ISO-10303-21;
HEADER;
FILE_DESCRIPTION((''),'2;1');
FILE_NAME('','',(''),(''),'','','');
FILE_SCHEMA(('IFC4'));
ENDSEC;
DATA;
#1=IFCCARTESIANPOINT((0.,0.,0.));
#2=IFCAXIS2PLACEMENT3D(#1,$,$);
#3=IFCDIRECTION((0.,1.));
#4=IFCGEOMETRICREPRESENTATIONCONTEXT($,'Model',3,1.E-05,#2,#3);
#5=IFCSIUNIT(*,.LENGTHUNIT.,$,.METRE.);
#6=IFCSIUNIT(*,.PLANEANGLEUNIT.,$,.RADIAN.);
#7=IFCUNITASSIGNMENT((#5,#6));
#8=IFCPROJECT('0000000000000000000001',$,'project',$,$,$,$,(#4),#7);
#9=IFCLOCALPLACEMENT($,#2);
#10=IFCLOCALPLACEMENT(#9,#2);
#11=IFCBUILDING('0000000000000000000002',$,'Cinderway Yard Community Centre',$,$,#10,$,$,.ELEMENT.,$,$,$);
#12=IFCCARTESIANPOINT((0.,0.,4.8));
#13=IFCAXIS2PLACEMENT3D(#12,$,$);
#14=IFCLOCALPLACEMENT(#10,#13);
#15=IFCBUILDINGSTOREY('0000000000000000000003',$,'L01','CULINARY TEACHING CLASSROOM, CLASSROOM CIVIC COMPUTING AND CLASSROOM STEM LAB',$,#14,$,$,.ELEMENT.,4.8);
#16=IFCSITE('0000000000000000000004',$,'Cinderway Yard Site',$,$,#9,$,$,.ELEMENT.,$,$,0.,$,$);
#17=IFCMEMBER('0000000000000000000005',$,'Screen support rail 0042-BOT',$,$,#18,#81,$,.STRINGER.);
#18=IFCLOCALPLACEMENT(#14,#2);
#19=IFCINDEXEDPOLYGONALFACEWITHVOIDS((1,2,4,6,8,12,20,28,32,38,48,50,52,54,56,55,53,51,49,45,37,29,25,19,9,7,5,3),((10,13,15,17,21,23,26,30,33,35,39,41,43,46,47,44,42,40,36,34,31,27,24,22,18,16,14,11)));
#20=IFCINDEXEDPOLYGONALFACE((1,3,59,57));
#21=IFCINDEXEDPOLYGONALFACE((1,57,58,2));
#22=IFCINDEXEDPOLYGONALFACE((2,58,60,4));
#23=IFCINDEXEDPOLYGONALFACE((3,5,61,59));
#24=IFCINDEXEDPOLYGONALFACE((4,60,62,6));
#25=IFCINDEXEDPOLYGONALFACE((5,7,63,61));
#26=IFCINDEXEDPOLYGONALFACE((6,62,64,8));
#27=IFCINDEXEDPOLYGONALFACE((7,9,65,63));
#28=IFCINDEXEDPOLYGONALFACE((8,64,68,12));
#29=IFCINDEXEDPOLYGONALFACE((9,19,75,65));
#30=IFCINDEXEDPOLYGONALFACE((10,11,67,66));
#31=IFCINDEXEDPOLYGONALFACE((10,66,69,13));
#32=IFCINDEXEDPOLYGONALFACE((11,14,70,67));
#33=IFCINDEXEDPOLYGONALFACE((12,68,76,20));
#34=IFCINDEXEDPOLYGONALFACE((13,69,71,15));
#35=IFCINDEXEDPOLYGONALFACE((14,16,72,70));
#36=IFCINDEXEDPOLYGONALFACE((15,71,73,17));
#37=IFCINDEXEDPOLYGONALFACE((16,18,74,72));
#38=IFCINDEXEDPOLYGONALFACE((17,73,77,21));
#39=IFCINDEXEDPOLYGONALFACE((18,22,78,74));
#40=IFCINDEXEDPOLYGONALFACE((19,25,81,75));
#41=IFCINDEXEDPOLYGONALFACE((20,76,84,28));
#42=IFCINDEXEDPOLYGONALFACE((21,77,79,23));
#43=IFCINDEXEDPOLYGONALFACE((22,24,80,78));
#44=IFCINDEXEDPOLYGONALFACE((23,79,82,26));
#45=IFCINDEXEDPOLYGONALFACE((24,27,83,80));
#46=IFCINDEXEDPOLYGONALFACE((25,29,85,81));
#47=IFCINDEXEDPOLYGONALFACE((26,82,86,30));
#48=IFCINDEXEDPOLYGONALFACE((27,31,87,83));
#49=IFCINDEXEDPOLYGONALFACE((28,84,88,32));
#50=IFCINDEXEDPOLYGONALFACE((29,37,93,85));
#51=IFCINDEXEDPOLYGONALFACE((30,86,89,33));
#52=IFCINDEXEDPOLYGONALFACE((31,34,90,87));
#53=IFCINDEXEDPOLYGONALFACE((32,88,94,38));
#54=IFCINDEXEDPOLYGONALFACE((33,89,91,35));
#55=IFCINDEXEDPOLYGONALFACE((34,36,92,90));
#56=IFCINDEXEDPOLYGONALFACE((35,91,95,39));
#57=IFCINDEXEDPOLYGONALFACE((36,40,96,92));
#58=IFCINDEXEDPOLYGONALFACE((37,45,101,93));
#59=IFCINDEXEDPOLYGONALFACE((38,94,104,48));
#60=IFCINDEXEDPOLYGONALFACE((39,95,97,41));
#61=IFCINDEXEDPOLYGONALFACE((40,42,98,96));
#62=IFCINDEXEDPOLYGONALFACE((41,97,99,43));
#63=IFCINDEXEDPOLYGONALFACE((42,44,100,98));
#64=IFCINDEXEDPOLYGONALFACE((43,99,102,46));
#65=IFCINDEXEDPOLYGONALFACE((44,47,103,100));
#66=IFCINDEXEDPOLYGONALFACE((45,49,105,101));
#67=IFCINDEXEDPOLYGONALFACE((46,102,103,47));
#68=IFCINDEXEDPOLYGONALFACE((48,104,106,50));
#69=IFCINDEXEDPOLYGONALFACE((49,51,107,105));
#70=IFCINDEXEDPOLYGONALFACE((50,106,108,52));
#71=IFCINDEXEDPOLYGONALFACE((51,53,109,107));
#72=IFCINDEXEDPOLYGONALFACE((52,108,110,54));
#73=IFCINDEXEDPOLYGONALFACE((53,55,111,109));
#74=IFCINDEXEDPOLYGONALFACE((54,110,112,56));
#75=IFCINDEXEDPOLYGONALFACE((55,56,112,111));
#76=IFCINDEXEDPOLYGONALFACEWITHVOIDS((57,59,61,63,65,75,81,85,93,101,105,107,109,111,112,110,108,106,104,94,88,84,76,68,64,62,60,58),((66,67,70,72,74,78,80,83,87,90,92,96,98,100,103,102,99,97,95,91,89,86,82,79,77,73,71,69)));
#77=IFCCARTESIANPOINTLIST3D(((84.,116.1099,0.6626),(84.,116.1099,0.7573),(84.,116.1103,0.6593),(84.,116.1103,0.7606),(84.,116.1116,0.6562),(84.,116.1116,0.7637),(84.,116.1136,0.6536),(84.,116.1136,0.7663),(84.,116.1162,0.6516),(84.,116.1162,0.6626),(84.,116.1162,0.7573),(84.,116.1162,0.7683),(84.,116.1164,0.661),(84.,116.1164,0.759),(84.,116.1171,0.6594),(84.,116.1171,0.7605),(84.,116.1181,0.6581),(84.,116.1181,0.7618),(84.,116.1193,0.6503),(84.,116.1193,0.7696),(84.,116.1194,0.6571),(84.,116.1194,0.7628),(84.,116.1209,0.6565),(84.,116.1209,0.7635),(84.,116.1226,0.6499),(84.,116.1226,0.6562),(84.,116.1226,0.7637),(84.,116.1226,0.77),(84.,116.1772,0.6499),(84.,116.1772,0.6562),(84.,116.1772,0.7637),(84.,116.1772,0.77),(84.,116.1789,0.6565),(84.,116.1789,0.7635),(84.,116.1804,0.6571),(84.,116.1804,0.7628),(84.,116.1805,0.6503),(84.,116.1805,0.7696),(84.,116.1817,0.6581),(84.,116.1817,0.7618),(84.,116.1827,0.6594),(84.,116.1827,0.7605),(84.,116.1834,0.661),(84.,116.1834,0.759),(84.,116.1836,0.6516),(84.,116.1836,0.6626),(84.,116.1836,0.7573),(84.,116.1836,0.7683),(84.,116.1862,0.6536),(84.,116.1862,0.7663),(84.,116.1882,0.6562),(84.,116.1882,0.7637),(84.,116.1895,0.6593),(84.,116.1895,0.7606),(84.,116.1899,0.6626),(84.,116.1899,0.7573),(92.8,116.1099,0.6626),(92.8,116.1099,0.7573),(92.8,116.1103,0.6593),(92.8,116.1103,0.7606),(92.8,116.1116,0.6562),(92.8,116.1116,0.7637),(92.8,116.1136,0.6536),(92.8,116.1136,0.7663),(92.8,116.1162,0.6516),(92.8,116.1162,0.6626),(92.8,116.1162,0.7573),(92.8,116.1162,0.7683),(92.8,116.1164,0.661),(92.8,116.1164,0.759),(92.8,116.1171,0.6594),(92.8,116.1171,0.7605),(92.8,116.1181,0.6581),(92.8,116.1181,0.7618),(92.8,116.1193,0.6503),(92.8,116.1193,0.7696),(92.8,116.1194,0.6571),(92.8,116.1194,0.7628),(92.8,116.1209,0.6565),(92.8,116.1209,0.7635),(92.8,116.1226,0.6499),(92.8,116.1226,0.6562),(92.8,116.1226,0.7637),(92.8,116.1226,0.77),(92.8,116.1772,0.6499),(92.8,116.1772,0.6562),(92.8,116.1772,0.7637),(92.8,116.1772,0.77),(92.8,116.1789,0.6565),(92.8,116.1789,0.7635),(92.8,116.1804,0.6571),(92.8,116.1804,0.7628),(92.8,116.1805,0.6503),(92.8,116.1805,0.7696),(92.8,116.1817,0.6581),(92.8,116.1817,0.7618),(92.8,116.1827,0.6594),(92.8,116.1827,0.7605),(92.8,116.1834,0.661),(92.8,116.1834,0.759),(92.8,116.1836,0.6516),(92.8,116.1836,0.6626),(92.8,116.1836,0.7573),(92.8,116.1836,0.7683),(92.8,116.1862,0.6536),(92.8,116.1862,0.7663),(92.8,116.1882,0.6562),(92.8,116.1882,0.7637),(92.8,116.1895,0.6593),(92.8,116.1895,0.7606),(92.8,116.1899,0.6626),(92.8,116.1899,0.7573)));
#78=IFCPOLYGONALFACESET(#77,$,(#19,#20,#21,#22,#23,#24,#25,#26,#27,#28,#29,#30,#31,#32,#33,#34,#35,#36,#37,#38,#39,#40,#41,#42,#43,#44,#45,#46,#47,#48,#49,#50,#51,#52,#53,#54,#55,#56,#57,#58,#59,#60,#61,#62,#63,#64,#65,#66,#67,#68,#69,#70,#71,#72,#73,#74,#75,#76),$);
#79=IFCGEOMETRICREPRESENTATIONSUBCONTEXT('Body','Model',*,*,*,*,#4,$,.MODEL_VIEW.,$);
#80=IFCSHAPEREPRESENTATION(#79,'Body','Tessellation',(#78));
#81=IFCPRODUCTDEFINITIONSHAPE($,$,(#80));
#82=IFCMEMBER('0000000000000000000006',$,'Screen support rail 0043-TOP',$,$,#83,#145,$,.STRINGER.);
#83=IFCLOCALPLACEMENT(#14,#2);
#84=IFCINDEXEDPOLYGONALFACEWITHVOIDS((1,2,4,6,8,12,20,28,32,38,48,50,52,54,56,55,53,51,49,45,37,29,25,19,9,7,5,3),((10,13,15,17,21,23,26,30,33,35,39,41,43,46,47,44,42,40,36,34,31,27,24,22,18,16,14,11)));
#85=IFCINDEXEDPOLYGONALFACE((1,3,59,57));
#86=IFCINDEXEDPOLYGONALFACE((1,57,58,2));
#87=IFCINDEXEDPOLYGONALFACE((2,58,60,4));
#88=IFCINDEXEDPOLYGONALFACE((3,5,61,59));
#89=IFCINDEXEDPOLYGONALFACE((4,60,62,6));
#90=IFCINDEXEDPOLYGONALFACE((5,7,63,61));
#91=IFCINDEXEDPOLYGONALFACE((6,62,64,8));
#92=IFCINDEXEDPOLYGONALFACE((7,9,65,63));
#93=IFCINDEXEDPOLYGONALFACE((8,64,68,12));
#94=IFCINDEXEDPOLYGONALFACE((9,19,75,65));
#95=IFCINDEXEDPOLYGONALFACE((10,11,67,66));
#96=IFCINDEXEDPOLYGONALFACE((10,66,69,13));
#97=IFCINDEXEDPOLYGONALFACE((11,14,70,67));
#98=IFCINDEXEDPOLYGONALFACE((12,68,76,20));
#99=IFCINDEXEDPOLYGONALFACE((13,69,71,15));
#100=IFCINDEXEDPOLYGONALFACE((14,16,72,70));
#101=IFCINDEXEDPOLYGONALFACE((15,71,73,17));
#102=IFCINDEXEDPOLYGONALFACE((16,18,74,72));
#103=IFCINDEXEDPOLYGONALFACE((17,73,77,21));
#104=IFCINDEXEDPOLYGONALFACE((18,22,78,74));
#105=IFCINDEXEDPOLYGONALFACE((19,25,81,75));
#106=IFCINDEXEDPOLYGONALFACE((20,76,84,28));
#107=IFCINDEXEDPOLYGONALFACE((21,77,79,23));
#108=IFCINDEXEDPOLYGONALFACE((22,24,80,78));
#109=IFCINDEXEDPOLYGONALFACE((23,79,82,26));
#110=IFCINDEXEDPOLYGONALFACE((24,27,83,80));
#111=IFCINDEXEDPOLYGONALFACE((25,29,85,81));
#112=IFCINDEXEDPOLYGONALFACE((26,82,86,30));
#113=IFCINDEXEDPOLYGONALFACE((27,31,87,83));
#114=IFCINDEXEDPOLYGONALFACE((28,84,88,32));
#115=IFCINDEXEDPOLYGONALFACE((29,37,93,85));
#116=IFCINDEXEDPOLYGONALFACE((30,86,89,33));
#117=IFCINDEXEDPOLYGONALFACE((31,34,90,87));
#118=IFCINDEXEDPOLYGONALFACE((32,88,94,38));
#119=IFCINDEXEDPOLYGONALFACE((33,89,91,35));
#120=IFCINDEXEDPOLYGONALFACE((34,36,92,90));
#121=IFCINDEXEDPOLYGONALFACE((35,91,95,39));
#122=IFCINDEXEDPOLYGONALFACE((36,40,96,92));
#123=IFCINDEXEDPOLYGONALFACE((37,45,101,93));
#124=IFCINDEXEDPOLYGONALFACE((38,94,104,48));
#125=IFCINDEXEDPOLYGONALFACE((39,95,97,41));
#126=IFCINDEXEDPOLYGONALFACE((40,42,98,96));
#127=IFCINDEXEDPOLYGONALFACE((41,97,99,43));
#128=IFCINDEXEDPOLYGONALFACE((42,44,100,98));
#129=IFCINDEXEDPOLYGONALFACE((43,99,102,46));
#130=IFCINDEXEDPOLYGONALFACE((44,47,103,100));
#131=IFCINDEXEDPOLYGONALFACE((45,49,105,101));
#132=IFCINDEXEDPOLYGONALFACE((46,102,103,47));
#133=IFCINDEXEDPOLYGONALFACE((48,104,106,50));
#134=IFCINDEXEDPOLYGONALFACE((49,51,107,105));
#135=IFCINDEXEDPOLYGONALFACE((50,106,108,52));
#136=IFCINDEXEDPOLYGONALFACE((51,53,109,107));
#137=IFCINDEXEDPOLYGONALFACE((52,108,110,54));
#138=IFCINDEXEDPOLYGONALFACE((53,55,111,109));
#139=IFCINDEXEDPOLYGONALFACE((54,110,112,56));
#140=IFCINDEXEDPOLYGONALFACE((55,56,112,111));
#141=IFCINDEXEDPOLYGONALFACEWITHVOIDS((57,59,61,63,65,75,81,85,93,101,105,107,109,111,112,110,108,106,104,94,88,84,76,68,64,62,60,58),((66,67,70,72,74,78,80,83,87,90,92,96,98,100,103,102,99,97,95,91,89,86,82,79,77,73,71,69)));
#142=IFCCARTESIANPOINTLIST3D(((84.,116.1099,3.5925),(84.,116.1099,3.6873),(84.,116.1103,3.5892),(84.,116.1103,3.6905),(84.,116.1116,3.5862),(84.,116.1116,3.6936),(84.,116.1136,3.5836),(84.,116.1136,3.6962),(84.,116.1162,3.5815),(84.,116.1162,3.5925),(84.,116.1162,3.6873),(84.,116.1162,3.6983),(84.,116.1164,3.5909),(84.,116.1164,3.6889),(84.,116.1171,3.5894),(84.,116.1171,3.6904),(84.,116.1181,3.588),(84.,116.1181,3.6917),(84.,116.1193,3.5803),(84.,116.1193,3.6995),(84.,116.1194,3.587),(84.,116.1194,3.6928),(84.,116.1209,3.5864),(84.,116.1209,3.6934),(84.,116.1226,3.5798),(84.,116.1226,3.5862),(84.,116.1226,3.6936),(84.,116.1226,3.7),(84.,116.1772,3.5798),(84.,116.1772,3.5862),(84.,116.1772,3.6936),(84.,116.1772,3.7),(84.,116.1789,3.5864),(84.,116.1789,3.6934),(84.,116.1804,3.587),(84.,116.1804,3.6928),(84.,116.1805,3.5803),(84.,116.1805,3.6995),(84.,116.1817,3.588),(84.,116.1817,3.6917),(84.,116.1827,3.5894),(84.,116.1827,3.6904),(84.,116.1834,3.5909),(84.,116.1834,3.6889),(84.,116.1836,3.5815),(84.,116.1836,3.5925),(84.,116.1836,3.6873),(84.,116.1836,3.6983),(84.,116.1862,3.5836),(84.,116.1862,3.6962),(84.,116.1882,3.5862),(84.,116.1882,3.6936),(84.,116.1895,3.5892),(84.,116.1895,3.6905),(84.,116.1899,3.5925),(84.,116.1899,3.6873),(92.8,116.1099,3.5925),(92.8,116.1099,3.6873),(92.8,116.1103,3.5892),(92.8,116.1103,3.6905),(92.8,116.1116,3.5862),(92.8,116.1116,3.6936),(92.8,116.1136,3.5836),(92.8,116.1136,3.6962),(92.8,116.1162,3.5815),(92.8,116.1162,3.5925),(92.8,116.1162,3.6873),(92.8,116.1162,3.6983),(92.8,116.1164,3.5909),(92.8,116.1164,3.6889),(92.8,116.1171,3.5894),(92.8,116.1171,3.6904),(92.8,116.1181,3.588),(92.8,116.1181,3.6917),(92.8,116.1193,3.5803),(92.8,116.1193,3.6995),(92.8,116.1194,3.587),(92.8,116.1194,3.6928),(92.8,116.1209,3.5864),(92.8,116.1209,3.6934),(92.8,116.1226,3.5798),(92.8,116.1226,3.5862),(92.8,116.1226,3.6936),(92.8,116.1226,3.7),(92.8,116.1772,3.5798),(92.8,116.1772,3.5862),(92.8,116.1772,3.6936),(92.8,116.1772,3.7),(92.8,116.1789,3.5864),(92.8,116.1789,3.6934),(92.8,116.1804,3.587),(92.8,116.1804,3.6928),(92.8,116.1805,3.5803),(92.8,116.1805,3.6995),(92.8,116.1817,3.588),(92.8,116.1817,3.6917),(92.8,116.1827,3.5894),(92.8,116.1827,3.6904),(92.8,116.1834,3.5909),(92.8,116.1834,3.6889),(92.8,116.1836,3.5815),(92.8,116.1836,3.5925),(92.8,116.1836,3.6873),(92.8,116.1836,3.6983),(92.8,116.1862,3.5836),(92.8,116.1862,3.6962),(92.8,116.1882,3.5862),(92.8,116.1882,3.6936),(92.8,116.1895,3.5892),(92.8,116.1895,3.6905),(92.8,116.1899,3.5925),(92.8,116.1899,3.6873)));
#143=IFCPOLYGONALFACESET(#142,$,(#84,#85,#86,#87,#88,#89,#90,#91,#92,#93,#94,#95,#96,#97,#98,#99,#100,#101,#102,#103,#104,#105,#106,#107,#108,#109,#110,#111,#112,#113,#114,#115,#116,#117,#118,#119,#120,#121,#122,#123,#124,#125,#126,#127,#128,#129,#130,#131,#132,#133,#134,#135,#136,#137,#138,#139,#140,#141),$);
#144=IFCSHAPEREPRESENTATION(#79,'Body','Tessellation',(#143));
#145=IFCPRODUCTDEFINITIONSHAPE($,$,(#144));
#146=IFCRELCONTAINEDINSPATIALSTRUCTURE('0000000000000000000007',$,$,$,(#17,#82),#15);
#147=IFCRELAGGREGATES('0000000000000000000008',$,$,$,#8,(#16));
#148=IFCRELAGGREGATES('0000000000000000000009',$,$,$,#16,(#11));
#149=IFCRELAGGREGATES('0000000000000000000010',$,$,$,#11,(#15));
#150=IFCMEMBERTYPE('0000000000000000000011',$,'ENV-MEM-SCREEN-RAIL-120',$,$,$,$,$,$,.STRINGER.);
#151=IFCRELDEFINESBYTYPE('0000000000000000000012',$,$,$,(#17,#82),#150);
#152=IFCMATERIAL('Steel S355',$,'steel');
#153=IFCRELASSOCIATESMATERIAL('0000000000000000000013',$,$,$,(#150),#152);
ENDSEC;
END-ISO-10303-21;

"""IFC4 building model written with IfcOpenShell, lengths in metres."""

from ifc_helpers import new_model, si_unit, direction, frame, origin, origin_2d, place, context, subcontext, project, spatial, hollow_rectangle, extrude, material, material_profile, profile_set, type_object, element, save


model = new_model("IFC4")

# Units and contexts
model_context = context("Model", 3, precision=1e-05, world=origin(), true_north=direction((0.0, 1.0)))
body_context = subcontext(model_context, "Body", "Model", "MODEL_VIEW")
ifc_project = project(units=[si_unit("LENGTHUNIT", "METRE"), si_unit("PLANEANGLEUNIT", "RADIAN")], contexts=[model_context])

# Site, building, storey
site_placement = place(None, origin())
site = spatial("IfcSite", under=ifc_project, at=site_placement, Name="Cinderway Yard Site", CompositionType="ELEMENT", RefElevation=0.0)
building_placement = place(site_placement, origin())
building = spatial("IfcBuilding", under=site, at=building_placement, Name="Cinderway Yard Community Centre", CompositionType="ELEMENT")
storey_placement = place(building_placement, frame((0.0, 0.0, 4.8)))
storey = spatial("IfcBuildingStorey", under=building, at=storey_placement, Name="L01", Description="CULINARY TEACHING CLASSROOM, CLASSROOM CIVIC COMPUTING AND CLASSROOM STEM LAB", CompositionType="ELEMENT", Elevation=4.8)

# Members
ifc_material_1 = material(Name="Steel S355", Category="steel")
ifc_material_profile_1 = material_profile(ifc_material_1, hollow_rectangle(XDim=0.0801, YDim=0.1201, WallThickness=0.0063, InnerFilletRadius=0.0063, OuterFilletRadius=0.0127, at=origin_2d()), Name="Steel S355")
ifc_profile_set_1 = profile_set([ifc_material_profile_1], Name="Steel S355")
member_type_1 = type_object("IfcMemberType", Name="ENV-MEM-SCREEN-RAIL-120", PredefinedType="STRINGER", material=ifc_profile_set_1)
for number, where, z_axis, x_axis, name in (
    (1, (84.0, 116.1499, 0.71), (1.0, 0.0, 0.0), (0.0, 1.0, 0.0), "Screen support rail 0042-BOT"),
    (2, (84.0, 116.1499, 3.6399), (1.0, 0.0, 0.0), (0.0, 1.0, 0.0), "Screen support rail 0043-TOP"),
):
    element("IfcMember", number, at=place(storey_placement, frame(where, z_axis=z_axis, x_axis=x_axis)), inside=storey, type_object=member_type_1, Name=name, PredefinedType="STRINGER", context=body_context, shape_type="SweptSolid", body=[
        extrude(hollow_rectangle(XDim=0.0801, YDim=0.1201, WallThickness=0.0063, InnerFilletRadius=0.0063, OuterFilletRadius=0.0127, at=origin_2d()), origin(), (0.0, 0.0, 1.0), 8.8),
    ])

save(model, "model.ifc")
